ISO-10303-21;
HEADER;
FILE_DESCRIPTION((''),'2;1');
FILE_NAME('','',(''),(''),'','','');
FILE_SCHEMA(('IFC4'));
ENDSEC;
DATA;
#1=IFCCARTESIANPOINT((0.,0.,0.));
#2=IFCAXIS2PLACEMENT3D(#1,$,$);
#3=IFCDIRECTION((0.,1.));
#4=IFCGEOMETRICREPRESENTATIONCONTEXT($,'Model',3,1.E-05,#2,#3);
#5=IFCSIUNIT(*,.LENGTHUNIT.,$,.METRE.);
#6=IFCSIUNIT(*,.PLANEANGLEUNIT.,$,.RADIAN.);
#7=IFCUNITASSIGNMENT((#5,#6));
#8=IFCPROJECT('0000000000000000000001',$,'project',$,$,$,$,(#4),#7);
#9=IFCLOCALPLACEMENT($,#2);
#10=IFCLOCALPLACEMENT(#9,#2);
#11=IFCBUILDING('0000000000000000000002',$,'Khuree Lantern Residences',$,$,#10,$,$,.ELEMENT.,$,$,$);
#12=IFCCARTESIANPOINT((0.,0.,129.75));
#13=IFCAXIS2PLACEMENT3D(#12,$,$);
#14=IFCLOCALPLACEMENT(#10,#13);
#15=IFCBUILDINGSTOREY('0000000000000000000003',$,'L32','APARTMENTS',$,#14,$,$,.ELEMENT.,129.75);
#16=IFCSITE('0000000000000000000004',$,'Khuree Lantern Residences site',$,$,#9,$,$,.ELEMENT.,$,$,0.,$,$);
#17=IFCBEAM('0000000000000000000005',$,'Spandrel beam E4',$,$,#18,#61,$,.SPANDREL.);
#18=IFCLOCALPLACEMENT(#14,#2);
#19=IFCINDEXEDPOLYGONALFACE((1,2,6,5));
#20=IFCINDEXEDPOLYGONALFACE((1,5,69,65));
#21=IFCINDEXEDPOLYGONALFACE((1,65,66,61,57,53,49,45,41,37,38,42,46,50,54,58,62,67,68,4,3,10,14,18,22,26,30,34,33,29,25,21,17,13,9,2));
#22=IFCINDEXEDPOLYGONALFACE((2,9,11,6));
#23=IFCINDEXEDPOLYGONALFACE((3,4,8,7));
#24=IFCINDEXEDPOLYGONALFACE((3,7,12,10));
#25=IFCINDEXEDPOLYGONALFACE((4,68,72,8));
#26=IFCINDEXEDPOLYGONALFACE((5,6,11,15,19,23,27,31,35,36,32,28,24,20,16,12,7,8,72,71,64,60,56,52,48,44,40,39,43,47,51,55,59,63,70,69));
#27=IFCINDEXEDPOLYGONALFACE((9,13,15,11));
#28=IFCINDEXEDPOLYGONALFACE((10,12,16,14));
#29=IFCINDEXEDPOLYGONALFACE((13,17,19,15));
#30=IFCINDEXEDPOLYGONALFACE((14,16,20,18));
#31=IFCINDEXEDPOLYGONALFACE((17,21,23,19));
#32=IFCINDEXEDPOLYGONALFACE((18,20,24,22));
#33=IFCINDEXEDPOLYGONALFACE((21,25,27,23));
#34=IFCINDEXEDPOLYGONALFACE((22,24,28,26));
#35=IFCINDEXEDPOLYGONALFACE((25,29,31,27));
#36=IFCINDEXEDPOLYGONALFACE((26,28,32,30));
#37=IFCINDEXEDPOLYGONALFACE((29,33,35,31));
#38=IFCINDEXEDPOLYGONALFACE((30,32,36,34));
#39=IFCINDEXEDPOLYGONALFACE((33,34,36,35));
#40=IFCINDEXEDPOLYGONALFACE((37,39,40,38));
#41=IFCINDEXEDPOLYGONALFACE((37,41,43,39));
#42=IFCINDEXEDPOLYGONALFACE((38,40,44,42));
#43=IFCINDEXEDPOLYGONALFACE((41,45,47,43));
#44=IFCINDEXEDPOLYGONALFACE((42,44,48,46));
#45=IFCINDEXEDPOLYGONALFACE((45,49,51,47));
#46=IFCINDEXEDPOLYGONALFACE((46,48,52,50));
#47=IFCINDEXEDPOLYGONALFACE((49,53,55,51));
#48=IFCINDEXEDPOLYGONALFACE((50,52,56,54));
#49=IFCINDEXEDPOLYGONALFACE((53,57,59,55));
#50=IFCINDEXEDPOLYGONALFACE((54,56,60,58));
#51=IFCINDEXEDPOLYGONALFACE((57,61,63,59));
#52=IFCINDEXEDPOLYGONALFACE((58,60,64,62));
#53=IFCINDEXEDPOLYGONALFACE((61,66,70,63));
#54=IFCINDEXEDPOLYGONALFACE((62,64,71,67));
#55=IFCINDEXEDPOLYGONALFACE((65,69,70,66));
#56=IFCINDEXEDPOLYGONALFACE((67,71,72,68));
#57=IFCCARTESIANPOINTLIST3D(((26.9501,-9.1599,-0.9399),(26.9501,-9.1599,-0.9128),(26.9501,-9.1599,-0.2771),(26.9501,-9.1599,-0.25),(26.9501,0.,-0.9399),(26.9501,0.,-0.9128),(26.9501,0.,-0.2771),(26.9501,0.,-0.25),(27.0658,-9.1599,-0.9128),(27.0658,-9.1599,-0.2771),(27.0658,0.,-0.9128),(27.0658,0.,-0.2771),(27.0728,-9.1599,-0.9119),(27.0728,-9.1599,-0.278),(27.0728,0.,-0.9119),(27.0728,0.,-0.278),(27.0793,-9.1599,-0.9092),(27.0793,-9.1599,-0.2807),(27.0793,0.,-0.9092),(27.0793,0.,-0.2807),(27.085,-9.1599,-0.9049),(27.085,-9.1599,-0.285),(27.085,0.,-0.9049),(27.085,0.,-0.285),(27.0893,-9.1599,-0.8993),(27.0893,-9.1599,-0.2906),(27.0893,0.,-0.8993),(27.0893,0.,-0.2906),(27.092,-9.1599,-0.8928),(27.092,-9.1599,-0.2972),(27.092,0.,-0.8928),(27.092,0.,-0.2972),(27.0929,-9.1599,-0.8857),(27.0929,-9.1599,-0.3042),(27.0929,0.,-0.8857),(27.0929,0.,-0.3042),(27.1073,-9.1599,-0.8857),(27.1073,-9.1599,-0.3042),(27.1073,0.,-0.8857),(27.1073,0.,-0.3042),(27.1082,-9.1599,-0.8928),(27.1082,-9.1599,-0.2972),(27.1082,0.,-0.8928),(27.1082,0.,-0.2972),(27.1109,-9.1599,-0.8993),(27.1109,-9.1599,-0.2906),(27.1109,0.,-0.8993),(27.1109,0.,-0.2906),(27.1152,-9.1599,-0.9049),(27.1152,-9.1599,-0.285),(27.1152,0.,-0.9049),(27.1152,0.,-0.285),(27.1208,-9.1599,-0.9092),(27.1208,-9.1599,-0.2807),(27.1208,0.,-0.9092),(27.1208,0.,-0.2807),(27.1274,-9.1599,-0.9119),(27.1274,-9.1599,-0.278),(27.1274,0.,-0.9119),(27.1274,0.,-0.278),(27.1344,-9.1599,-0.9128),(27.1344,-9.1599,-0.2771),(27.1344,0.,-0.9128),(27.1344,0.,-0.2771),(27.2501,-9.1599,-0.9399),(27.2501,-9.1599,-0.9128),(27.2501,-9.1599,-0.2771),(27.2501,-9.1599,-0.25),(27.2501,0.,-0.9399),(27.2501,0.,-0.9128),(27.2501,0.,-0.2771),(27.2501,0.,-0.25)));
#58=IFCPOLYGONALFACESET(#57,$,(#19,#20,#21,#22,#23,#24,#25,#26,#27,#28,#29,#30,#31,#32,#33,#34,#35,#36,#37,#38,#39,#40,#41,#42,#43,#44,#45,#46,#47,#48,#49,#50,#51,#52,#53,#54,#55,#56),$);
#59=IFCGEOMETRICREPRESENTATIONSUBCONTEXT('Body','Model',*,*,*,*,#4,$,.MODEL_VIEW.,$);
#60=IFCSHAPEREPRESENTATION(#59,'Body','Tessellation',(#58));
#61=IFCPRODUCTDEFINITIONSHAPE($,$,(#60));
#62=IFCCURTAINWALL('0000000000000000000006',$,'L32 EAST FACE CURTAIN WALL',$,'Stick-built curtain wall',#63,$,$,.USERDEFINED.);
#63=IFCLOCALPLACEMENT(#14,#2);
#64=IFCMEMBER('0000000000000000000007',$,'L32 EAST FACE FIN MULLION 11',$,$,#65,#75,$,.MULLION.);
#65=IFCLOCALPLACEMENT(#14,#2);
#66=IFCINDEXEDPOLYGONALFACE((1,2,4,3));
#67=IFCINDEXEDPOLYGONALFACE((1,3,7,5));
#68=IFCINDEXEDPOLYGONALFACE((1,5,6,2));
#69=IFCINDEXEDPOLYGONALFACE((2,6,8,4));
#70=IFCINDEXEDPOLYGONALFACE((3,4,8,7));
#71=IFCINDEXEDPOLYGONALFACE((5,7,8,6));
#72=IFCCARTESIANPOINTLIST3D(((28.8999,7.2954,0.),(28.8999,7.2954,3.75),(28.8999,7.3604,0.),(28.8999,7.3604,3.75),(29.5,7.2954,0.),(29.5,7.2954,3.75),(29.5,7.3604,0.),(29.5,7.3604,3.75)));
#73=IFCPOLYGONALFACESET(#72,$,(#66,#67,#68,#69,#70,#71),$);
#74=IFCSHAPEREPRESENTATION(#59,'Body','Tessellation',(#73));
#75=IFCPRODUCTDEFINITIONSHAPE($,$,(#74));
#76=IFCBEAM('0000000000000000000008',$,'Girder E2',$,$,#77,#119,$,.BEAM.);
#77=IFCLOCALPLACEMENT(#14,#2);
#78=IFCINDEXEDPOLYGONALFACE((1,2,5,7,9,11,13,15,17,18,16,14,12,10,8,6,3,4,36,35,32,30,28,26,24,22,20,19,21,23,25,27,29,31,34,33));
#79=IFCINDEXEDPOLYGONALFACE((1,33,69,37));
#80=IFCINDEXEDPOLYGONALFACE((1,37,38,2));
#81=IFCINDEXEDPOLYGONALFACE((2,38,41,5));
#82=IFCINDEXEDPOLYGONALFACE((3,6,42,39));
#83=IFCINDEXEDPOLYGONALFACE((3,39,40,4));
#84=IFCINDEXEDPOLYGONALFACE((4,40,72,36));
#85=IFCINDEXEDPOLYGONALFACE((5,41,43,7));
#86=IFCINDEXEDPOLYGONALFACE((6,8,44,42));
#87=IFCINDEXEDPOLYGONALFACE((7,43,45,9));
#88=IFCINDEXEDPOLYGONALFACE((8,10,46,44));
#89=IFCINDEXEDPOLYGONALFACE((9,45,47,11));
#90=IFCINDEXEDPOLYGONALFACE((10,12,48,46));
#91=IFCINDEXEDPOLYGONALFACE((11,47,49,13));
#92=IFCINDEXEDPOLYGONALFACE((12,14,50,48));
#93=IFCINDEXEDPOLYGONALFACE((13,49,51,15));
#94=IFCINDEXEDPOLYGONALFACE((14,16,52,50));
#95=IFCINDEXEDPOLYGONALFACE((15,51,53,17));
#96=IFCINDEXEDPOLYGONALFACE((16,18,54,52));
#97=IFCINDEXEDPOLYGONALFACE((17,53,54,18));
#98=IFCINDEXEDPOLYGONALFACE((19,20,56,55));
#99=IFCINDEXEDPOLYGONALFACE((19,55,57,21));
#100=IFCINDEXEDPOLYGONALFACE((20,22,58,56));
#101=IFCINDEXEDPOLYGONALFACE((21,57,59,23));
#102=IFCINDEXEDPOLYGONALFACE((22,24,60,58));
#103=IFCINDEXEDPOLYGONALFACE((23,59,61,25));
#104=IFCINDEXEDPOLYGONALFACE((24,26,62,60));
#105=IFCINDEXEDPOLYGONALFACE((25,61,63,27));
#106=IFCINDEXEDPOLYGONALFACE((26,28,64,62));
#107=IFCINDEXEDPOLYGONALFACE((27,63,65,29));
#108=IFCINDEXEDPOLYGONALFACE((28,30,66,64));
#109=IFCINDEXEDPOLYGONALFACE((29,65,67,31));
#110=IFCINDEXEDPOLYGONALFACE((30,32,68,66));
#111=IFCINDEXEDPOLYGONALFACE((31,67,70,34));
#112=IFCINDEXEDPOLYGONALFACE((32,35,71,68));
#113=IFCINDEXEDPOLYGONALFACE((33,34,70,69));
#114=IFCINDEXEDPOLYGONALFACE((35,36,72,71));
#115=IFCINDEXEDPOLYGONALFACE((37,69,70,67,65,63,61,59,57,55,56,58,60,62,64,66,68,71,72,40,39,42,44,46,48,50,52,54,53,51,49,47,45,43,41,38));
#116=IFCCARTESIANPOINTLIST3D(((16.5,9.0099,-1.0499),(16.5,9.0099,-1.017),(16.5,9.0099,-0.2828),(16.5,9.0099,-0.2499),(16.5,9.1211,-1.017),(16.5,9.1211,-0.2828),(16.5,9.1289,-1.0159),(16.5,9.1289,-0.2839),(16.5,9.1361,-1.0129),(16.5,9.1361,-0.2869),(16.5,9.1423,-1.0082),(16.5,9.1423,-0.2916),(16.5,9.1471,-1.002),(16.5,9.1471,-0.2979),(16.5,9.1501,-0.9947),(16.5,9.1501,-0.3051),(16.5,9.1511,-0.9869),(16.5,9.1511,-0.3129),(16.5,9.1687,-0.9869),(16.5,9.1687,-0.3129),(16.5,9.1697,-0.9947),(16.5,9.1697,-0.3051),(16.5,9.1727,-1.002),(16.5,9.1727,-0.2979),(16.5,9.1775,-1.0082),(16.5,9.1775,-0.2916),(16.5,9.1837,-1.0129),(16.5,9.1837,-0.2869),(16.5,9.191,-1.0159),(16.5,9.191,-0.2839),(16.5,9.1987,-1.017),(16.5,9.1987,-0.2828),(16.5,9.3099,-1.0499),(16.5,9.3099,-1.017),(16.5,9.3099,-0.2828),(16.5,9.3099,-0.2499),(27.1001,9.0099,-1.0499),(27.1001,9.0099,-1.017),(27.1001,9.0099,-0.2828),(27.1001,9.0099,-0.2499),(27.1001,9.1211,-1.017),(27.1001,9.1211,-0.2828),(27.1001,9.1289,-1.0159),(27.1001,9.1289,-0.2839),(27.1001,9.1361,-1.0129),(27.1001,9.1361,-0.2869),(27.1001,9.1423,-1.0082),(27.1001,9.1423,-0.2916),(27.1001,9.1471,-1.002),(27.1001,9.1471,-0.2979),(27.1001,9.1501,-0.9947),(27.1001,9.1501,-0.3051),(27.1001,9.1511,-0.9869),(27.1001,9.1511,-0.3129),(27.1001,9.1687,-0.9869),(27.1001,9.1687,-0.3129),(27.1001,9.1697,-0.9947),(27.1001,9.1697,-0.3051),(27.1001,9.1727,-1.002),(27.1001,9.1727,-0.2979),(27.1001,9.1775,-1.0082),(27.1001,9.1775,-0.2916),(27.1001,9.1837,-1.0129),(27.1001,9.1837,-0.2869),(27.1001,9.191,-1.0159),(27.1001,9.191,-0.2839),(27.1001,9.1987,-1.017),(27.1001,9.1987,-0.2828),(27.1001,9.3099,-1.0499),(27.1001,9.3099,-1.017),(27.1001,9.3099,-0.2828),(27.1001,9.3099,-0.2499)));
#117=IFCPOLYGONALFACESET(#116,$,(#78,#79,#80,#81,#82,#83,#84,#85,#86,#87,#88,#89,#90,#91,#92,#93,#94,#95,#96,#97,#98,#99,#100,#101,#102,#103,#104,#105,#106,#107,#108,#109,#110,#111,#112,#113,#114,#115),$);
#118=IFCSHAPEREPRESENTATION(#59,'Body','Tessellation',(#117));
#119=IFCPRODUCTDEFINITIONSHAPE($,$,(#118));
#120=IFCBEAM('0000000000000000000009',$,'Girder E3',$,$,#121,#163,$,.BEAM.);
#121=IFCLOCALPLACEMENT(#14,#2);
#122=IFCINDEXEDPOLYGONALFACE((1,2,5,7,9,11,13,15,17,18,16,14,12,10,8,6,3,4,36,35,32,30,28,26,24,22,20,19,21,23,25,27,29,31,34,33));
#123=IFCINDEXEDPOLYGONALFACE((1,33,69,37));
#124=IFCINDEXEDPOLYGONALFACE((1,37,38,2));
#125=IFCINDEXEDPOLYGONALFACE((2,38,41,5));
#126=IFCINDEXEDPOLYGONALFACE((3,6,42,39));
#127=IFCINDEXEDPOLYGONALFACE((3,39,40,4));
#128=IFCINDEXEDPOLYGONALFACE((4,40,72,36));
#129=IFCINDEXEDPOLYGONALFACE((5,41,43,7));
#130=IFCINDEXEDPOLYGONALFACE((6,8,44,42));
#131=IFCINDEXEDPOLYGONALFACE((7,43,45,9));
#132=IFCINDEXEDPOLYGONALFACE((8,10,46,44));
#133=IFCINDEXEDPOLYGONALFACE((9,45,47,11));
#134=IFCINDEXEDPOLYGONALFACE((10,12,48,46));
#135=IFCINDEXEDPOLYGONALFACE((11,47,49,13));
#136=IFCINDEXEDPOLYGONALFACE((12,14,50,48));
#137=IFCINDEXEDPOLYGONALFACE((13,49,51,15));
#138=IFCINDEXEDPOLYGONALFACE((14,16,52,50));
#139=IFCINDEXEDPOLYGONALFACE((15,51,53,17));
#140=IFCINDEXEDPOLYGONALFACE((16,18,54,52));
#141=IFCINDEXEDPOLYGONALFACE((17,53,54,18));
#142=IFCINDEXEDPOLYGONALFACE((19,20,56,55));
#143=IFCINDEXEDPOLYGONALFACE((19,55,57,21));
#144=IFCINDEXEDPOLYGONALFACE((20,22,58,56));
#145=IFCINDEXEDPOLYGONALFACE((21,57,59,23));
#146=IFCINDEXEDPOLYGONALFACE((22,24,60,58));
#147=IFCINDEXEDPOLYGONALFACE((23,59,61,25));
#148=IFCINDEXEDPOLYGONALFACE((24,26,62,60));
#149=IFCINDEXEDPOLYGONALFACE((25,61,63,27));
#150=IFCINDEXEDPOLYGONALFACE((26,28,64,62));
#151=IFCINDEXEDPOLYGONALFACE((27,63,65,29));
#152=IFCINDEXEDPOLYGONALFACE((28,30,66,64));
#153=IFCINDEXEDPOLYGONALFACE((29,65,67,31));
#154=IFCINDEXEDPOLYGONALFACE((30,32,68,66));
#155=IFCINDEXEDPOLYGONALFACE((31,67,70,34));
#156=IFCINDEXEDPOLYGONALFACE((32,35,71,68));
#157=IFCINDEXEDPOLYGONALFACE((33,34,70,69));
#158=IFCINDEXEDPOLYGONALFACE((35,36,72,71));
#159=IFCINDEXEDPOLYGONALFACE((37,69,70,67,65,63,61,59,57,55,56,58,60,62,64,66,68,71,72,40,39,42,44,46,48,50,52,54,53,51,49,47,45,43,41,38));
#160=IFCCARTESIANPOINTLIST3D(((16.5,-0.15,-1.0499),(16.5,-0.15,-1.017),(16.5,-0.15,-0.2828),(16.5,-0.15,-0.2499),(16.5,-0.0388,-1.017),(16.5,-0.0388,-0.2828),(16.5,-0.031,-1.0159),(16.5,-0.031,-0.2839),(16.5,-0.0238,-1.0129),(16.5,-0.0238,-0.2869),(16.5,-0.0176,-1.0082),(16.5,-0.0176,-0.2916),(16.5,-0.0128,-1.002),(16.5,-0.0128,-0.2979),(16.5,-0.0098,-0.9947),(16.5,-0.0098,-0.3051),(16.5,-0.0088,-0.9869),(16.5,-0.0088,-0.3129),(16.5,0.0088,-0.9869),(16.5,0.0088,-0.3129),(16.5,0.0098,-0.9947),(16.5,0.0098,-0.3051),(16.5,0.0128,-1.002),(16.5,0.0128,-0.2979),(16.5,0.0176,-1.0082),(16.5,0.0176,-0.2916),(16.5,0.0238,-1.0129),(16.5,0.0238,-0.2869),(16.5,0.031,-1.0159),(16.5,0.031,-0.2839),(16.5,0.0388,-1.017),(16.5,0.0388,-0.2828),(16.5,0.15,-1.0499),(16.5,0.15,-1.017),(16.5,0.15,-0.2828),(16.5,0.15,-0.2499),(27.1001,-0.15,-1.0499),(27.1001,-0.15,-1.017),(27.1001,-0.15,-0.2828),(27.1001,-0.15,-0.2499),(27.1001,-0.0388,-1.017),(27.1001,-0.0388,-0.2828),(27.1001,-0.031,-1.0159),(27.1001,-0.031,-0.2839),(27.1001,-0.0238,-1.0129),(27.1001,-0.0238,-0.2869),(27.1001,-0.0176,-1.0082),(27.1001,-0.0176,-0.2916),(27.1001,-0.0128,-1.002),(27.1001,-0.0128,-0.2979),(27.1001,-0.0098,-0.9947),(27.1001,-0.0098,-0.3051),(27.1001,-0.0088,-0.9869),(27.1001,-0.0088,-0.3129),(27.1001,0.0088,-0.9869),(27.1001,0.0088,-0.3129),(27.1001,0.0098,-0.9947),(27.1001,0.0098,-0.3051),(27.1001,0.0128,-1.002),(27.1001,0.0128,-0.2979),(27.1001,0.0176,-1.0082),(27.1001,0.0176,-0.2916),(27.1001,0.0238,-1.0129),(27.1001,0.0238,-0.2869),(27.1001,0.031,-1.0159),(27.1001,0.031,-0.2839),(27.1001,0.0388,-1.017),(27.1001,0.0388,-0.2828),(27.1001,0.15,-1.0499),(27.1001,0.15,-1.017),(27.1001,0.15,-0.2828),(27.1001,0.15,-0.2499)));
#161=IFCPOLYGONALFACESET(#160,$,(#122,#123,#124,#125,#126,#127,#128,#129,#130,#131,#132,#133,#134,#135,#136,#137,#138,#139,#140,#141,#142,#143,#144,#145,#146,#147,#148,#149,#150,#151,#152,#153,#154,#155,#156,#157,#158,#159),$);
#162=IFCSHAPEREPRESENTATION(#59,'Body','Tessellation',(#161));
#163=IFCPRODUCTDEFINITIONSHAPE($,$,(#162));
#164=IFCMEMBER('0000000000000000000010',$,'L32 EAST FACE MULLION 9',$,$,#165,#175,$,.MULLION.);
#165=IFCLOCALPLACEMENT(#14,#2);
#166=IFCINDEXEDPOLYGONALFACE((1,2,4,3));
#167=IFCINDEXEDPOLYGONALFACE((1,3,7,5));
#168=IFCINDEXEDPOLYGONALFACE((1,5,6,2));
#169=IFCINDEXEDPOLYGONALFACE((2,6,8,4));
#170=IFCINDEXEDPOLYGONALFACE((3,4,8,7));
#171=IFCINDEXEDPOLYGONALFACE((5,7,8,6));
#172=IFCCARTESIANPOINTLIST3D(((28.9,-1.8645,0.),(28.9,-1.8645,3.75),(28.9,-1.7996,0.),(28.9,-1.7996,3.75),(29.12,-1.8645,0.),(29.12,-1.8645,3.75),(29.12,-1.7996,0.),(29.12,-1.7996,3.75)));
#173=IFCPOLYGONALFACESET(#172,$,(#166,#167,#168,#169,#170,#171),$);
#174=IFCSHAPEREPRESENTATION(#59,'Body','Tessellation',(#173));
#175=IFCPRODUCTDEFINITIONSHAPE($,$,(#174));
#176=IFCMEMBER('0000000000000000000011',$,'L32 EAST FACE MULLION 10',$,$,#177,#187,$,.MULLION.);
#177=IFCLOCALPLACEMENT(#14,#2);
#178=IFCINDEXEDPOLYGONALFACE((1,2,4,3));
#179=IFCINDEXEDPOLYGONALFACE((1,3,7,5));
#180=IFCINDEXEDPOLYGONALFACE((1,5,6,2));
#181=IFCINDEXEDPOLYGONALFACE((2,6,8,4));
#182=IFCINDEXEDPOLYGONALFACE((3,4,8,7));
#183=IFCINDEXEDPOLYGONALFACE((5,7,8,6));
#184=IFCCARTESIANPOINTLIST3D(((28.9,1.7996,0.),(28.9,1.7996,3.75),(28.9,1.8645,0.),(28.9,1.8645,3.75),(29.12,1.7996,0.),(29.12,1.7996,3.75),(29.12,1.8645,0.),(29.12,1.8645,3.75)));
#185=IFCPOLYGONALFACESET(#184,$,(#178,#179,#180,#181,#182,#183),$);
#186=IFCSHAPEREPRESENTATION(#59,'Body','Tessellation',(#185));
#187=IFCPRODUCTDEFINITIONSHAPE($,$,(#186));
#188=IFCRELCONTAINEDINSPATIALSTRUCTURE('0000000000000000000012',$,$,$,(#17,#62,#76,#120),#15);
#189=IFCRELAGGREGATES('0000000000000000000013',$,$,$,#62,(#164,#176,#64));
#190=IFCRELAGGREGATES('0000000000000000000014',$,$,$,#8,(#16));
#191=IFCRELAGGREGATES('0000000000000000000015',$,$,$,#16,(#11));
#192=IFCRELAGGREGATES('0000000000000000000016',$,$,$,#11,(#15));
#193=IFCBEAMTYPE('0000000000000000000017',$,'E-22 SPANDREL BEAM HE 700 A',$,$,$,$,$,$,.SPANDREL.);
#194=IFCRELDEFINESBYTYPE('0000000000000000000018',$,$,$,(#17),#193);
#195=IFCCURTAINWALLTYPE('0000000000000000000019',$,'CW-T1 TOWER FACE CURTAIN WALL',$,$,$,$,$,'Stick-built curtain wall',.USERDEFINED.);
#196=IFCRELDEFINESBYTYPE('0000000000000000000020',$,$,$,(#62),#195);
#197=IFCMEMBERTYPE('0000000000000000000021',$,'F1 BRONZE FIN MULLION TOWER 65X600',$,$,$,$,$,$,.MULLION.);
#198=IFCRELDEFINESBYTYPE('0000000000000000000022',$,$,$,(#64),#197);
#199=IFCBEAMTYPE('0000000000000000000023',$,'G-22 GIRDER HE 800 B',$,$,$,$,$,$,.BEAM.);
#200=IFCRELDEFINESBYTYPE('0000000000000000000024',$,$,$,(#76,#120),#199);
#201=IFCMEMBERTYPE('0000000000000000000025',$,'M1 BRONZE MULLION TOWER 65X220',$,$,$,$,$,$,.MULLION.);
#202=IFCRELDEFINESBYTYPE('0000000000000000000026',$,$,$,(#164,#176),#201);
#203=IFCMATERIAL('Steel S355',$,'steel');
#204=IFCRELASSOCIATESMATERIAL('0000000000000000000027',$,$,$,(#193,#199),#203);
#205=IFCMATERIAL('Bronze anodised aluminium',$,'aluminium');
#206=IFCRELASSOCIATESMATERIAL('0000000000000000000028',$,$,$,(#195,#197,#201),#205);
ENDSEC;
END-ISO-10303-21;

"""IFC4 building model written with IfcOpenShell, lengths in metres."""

from ifc_helpers import new_model, si_unit, direction, frame, origin, origin_2d, place, context, subcontext, project, spatial, rectangle, i_section, extrude, material, material_profile, profile_set, type_object, element, aggregate, save


model = new_model("IFC4")

# Units and contexts
model_context = context("Model", 3, precision=1e-05, world=origin(), true_north=direction((0.0, 1.0)))
body_context = subcontext(model_context, "Body", "Model", "MODEL_VIEW")
ifc_project = project(units=[si_unit("LENGTHUNIT", "METRE"), si_unit("PLANEANGLEUNIT", "RADIAN")], contexts=[model_context])

# Site, building, storey
site_placement = place(None, origin())
site = spatial("IfcSite", under=ifc_project, at=site_placement, Name="Khuree Lantern Residences site", CompositionType="ELEMENT", RefElevation=0.0)
building_placement = place(site_placement, origin())
building = spatial("IfcBuilding", under=site, at=building_placement, Name="Khuree Lantern Residences", CompositionType="ELEMENT")
storey_placement = place(building_placement, frame((0.0, 0.0, 129.75)))
storey = spatial("IfcBuildingStorey", under=building, at=storey_placement, Name="L32", Description="APARTMENTS", CompositionType="ELEMENT", Elevation=129.75)

# Beam
ifc_material_1 = material(Name="Steel S355", Category="steel")
ifc_material_profile_1 = material_profile(ifc_material_1, i_section(OverallWidth=0.3, OverallDepth=0.6899, WebThickness=0.0144, FlangeThickness=0.0271, FilletRadius=0.0271, at=origin_2d()), Name="HE 700 A")
ifc_profile_set_1 = profile_set([ifc_material_profile_1], Name="Steel S355")
beam_type_1 = type_object("IfcBeamType", Name="E-22 SPANDREL BEAM HE 700 A", PredefinedType="SPANDREL", material=ifc_profile_set_1)
for number, where, z_axis, x_axis, name in (
    (1, (27.1001, 0.0, -0.595), (0.0, -1.0, 0.0), (1.0, 0.0, 0.0), "Spandrel beam E4"),
):
    element("IfcBeam", number, at=place(storey_placement, frame(where, z_axis=z_axis, x_axis=x_axis)), inside=storey, type_object=beam_type_1, Name=name, PredefinedType="SPANDREL", context=body_context, shape_type="SweptSolid", body=[
        extrude(i_section(OverallWidth=0.3, OverallDepth=0.6899, WebThickness=0.0144, FlangeThickness=0.0271, FilletRadius=0.0271, at=origin_2d()), origin(), (0.0, 0.0, 1.0), 9.1599),
    ])

# Curtain wall, member
ifc_material_2 = material(Name="Bronze anodised aluminium", Category="aluminium")
curtain_wall_type = type_object("IfcCurtainWallType", Name="CW-T1 TOWER FACE CURTAIN WALL", ElementType="Stick-built curtain wall", PredefinedType="USERDEFINED", material=ifc_material_2)
curtain_wall_placement = place(storey_placement, origin())
curtain_wall = element("IfcCurtainWall", 2, at=curtain_wall_placement, inside=storey, type_object=curtain_wall_type, Name="L32 EAST FACE CURTAIN WALL", ObjectType="Stick-built curtain wall", PredefinedType="USERDEFINED")
ifc_material_profile_2 = material_profile(ifc_material_2, rectangle(XDim=0.0649, YDim=0.6001, at=origin_2d()), Name="F1 65X600")
ifc_profile_set_2 = profile_set([ifc_material_profile_2], Name="Bronze anodised aluminium")
member_type_1 = type_object("IfcMemberType", Name="F1 BRONZE FIN MULLION TOWER 65X600", PredefinedType="MULLION", material=ifc_profile_set_2)
member_1_placement = place(storey_placement, frame((29.2, 7.3279, 0.0), z_axis=(0.0, 0.0, 1.0), x_axis=(0.0, 1.0, 0.0)))
member_1 = element("IfcMember", 3, at=member_1_placement, type_object=member_type_1, Name="L32 EAST FACE FIN MULLION 11", PredefinedType="MULLION", context=body_context, shape_type="SweptSolid", body=[
    extrude(rectangle(XDim=0.0649, YDim=0.6001, at=origin_2d()), origin(), (0.0, 0.0, 1.0), 3.75),
])

# Beams
ifc_material_profile_3 = material_profile(ifc_material_1, i_section(OverallWidth=0.3, OverallDepth=0.8, WebThickness=0.0176, FlangeThickness=0.033, FilletRadius=0.03, at=origin_2d()), Name="HE 800 B")
ifc_profile_set_3 = profile_set([ifc_material_profile_3], Name="Steel S355")
beam_type_2 = type_object("IfcBeamType", Name="G-22 GIRDER HE 800 B", PredefinedType="BEAM", material=ifc_profile_set_3)
for number, where, z_axis, x_axis, name in (
    (4, (27.1001, 9.1599, -0.6499), (-1.0, 0.0, 0.0), (0.0, -1.0, 0.0), "Girder E2"),
    (5, (27.1001, 0.0, -0.6499), (-1.0, 0.0, 0.0), (0.0, -1.0, 0.0), "Girder E3"),
):
    element("IfcBeam", number, at=place(storey_placement, frame(where, z_axis=z_axis, x_axis=x_axis)), inside=storey, type_object=beam_type_2, Name=name, PredefinedType="BEAM", context=body_context, shape_type="SweptSolid", body=[
        extrude(i_section(OverallWidth=0.3, OverallDepth=0.8, WebThickness=0.0176, FlangeThickness=0.033, FilletRadius=0.03, at=origin_2d()), origin(), (0.0, 0.0, 1.0), 10.6001),
    ])

# Members
ifc_material_profile_4 = material_profile(ifc_material_2, rectangle(XDim=0.0649, YDim=0.22, at=origin_2d()), Name="M1 65X220")
ifc_profile_set_4 = profile_set([ifc_material_profile_4], Name="Bronze anodised aluminium")
member_type_2 = type_object("IfcMemberType", Name="M1 BRONZE MULLION TOWER 65X220", PredefinedType="MULLION", material=ifc_profile_set_4)
member_2_placement = place(storey_placement, frame((29.01, -1.832, 0.0), z_axis=(0.0, 0.0, 1.0), x_axis=(0.0, 1.0, 0.0)))
member_2 = element("IfcMember", 6, at=member_2_placement, type_object=member_type_2, Name="L32 EAST FACE MULLION 9", PredefinedType="MULLION", context=body_context, shape_type="SweptSolid", body=[
    extrude(rectangle(XDim=0.0649, YDim=0.22, at=origin_2d()), origin(), (0.0, 0.0, 1.0), 3.75),
])
member_3_placement = place(storey_placement, frame((29.01, 1.832, 0.0), z_axis=(0.0, 0.0, 1.0), x_axis=(0.0, 1.0, 0.0)))
member_3 = element("IfcMember", 7, at=member_3_placement, type_object=member_type_2, Name="L32 EAST FACE MULLION 10", PredefinedType="MULLION", context=body_context, shape_type="SweptSolid", body=[
    extrude(rectangle(XDim=0.0649, YDim=0.22, at=origin_2d()), origin(), (0.0, 0.0, 1.0), 3.75),
])

aggregate(curtain_wall, [member_2, member_3, member_1])

save(model, "model.ifc")
